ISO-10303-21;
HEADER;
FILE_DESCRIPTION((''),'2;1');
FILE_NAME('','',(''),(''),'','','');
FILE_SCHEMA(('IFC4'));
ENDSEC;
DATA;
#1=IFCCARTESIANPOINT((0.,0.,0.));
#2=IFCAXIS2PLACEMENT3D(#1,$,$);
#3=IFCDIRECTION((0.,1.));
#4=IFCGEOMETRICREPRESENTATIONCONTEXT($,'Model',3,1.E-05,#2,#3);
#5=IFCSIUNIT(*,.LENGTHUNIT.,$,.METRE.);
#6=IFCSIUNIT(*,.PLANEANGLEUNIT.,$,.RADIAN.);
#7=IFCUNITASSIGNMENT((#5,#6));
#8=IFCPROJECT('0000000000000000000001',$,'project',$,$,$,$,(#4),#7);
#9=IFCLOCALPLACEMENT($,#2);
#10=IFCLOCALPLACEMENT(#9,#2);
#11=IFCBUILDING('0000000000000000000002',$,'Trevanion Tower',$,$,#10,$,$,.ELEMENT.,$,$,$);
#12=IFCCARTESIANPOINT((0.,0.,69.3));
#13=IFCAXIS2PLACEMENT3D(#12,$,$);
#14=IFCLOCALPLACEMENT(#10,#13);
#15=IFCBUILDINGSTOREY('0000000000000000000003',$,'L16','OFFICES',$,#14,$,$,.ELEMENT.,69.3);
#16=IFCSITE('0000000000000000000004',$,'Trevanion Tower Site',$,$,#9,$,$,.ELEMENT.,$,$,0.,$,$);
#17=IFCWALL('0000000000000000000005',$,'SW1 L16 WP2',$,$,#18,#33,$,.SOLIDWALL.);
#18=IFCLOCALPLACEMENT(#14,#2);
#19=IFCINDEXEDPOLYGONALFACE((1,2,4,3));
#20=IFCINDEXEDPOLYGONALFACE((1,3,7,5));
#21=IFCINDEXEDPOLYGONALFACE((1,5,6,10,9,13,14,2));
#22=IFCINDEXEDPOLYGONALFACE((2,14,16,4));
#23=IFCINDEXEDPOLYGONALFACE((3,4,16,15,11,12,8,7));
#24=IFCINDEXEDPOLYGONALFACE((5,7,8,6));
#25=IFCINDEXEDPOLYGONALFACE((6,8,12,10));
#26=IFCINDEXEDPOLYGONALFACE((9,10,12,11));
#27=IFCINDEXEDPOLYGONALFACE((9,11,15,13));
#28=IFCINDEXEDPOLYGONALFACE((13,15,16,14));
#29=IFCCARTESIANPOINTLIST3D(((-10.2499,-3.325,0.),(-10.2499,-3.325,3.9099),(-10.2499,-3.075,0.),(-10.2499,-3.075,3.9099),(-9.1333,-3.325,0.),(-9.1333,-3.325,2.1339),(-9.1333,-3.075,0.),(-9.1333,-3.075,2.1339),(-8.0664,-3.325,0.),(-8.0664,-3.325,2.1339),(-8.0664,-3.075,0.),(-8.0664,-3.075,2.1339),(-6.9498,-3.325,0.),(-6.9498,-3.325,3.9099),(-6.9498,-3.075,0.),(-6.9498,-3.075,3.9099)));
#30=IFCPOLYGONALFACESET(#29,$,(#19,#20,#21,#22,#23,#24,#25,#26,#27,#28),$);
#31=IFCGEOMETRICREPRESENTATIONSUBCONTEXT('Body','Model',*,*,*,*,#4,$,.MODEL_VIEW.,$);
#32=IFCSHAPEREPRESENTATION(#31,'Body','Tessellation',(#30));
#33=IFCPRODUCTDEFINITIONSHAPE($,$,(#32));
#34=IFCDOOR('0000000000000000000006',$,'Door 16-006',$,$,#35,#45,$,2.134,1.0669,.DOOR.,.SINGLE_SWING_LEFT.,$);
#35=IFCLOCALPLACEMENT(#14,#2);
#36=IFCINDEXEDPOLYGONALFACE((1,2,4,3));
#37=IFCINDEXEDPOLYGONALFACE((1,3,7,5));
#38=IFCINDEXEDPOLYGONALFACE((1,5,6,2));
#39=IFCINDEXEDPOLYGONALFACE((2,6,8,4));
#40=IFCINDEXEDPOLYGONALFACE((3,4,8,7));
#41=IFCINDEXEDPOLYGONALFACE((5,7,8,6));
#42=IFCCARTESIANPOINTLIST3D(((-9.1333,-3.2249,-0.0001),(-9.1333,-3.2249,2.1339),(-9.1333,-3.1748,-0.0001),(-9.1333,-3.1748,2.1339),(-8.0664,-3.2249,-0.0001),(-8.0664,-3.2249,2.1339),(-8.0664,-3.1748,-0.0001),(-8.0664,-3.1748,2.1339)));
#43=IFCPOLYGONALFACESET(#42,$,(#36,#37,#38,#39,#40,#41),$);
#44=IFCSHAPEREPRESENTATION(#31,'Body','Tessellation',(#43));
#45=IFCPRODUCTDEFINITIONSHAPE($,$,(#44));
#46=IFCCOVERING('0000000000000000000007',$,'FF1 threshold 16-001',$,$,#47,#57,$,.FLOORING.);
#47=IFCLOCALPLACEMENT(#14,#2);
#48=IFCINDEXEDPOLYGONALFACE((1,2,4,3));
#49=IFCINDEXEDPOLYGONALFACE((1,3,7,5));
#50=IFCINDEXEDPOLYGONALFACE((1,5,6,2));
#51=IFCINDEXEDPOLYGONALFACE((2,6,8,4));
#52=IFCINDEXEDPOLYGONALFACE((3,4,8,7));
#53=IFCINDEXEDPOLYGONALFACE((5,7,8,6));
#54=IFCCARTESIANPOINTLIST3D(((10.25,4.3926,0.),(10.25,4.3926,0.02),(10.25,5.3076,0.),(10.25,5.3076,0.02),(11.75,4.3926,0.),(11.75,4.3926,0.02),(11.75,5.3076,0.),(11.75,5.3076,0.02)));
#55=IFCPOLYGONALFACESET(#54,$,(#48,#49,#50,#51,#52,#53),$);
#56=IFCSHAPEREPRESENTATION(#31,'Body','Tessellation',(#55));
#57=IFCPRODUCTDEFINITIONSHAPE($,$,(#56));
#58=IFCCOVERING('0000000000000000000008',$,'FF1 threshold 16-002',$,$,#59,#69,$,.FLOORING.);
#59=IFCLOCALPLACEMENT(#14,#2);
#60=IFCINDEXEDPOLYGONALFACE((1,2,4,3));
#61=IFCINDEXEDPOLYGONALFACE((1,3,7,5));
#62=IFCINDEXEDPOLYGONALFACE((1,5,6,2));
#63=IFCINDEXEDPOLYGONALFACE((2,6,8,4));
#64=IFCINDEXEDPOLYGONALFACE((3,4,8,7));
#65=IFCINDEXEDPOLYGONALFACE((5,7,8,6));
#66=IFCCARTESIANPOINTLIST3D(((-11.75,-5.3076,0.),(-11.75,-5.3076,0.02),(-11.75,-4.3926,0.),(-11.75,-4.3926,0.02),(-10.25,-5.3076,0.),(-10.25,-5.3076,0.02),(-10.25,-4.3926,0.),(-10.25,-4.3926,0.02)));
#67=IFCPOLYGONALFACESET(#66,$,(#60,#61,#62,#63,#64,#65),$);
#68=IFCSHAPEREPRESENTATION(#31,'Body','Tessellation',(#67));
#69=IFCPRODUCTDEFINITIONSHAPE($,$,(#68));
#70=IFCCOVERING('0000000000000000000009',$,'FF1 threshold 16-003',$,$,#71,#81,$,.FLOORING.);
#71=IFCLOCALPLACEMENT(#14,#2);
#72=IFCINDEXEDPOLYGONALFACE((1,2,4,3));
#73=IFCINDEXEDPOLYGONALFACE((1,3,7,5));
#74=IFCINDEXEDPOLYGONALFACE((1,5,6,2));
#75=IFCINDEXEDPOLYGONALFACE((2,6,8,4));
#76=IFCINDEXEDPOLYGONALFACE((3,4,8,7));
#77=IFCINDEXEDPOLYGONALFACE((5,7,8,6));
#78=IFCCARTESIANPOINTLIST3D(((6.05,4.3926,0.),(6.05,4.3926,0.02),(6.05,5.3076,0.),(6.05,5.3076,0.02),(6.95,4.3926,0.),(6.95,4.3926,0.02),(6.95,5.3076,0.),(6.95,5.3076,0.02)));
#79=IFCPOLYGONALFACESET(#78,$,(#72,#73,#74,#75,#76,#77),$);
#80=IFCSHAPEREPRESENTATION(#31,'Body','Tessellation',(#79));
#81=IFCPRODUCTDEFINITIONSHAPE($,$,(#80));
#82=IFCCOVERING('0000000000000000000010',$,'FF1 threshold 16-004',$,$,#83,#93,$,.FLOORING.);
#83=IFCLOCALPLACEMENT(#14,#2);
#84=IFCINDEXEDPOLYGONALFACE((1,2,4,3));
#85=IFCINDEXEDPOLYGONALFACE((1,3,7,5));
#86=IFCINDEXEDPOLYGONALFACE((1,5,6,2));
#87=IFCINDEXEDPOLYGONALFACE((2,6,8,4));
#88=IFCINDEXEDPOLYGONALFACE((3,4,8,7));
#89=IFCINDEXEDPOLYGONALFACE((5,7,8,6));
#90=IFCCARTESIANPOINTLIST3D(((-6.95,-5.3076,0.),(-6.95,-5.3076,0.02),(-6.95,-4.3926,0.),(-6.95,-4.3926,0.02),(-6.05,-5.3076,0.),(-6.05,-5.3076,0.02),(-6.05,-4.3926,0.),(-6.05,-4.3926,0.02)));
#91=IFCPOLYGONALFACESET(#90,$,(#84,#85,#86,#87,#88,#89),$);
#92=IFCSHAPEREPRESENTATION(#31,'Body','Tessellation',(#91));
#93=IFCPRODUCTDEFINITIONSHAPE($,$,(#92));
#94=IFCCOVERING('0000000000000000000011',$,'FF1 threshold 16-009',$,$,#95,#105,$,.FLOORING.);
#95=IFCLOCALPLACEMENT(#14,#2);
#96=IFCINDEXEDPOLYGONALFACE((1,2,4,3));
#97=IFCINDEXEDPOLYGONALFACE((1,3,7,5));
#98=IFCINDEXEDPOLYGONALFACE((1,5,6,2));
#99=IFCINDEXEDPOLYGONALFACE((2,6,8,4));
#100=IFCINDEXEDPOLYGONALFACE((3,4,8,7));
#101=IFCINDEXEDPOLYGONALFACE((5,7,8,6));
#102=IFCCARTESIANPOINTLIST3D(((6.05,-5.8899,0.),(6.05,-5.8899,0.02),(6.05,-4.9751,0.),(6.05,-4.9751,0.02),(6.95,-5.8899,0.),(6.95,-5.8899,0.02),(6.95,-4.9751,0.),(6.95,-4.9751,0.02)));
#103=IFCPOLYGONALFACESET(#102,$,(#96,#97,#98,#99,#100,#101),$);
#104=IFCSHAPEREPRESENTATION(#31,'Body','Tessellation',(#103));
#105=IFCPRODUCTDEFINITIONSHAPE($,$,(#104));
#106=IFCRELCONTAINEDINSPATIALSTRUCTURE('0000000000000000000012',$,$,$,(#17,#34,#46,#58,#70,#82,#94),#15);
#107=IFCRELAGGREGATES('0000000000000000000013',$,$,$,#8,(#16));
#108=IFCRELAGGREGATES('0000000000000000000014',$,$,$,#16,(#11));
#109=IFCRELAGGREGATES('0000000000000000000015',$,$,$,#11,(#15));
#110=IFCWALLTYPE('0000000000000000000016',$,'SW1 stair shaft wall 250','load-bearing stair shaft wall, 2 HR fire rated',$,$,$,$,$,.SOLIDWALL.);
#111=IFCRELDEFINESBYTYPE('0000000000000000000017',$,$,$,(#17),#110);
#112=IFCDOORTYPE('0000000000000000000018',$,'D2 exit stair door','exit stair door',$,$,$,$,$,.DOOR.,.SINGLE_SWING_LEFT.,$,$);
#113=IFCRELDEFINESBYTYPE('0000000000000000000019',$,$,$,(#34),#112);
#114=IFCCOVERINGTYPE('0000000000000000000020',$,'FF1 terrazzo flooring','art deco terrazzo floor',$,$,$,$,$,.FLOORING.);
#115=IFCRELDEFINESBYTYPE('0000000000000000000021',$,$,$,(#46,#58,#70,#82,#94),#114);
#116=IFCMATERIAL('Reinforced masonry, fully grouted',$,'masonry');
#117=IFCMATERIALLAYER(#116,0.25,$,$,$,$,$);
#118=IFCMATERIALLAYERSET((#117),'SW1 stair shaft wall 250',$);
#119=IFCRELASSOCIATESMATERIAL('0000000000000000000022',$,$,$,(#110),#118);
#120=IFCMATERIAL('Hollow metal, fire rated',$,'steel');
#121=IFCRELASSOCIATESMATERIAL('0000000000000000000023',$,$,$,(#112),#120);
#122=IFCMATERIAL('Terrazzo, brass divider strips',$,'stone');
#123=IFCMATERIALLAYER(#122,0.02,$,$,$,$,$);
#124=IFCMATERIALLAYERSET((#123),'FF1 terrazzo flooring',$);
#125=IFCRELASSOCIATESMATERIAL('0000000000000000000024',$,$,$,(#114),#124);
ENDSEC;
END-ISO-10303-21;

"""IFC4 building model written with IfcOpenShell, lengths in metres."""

from ifc_helpers import new_model, si_unit, direction, frame, frame_2d, origin, place, context, subcontext, project, spatial, polyline, rectangle, outline, extrude, material, layer, layer_set, type_object, element, fill, save


model = new_model("IFC4")

# Units and contexts
model_context = context("Model", 3, precision=1e-05, world=origin(), true_north=direction((0.0, 1.0)))
body_context = subcontext(model_context, "Body", "Model", "MODEL_VIEW")
ifc_project = project(units=[si_unit("LENGTHUNIT", "METRE"), si_unit("PLANEANGLEUNIT", "RADIAN")], contexts=[model_context])

# Site, building, storey
site_placement = place(None, origin())
site = spatial("IfcSite", under=ifc_project, at=site_placement, Name="Trevanion Tower Site", CompositionType="ELEMENT", RefElevation=0.0)
building_placement = place(site_placement, origin())
building = spatial("IfcBuilding", under=site, at=building_placement, Name="Trevanion Tower", CompositionType="ELEMENT")
storey_placement = place(building_placement, frame((0.0, 0.0, 69.3)))
storey = spatial("IfcBuildingStorey", under=building, at=storey_placement, Name="L16", Description="OFFICES", CompositionType="ELEMENT", Elevation=69.3)

# Wall, opening, door
ifc_material_1 = material(Name="Reinforced masonry, fully grouted", Category="masonry")
ifc_layer_1 = layer(ifc_material_1, 0.25)
ifc_layer_set_1 = layer_set([ifc_layer_1], Name="SW1 stair shaft wall 250")
wall_type_1 = type_object("IfcWallType", Name="SW1 stair shaft wall 250", Description="load-bearing stair shaft wall, 2 HR fire rated", PredefinedType="SOLIDWALL", material=ifc_layer_set_1)
wall_1_placement = place(storey_placement, frame((-6.95, -3.2, 0.0), z_axis=(0.0, 0.0, 1.0), x_axis=(-1.0, 0.0, 0.0)))
wall_1 = element("IfcWall", 1, at=wall_1_placement, inside=storey, type_object=wall_type_1, Name="SW1 L16 WP2", PredefinedType="SOLIDWALL", context=body_context, shape_type="SweptSolid", body=[
    extrude(rectangle(XDim=3.3, YDim=0.25, at=frame_2d((1.6499, 0.0))), origin(), (0.0, 0.0, 1.0), 3.9099),
])
opening_1_placement = place(wall_1_placement, frame((1.1165, 0.0, 0.0)))
opening_1 = element("IfcOpeningElement", 2, at=opening_1_placement, cuts=wall_1, PredefinedType="OPENING", context=body_context, shape_type="SweptSolid", body=[
    extrude(rectangle(XDim=1.0669, YDim=2.134, at=frame_2d((0.5334, 1.0669))), frame((0.0, 0.135, 0.0), z_axis=(0.0, -1.0, 0.0), x_axis=(1.0, 0.0, 0.0)), (0.0, 0.0, 1.0), 0.27),
])
ifc_material_2 = material(Name="Hollow metal, fire rated", Category="steel")
door_type_1 = type_object("IfcDoorType", Name="D2 exit stair door", Description="exit stair door", OperationType="SINGLE_SWING_LEFT", PredefinedType="DOOR", material=ifc_material_2)
door_1_placement = place(opening_1_placement, origin())
door_1 = element("IfcDoor", 3, at=door_1_placement, inside=storey, type_object=door_type_1, Name="Door 16-006", OperationType="SINGLE_SWING_LEFT", OverallHeight=2.134, OverallWidth=1.0669, PredefinedType="DOOR", context=body_context, shape_type="SweptSolid", body=[
    extrude(rectangle(XDim=1.0669, YDim=2.134, at=frame_2d((0.5334, 1.0669))), frame((0.0, 0.0249, 0.0), z_axis=(0.0, -1.0, 0.0), x_axis=(1.0, 0.0, 0.0)), (0.0, 0.0, 1.0), 0.05),
])
fill(opening_1, door_1)

# Coverings
ifc_material_3 = material(Name="Terrazzo, brass divider strips", Category="stone")
ifc_layer_2 = layer(ifc_material_3, 0.02)
ifc_layer_set_2 = layer_set([ifc_layer_2], Name="FF1 terrazzo flooring")
covering_type = type_object("IfcCoveringType", Name="FF1 terrazzo flooring", Description="art deco terrazzo floor", PredefinedType="FLOORING", material=ifc_layer_set_2)
covering_1_placement = place(storey_placement, origin())
element("IfcCovering", 4, at=covering_1_placement, inside=storey, type_object=covering_type, Name="FF1 threshold 16-001", PredefinedType="FLOORING", context=body_context, shape_type="SweptSolid", body=[
    extrude(outline(polyline([(11.75, 4.3926), (11.75, 5.3076), (10.25, 5.3076), (10.25, 4.3926), (11.75, 4.3926)])), origin(), (0.0, 0.0, 1.0), 0.02),
])
covering_2_placement = place(storey_placement, origin())
element("IfcCovering", 5, at=covering_2_placement, inside=storey, type_object=covering_type, Name="FF1 threshold 16-002", PredefinedType="FLOORING", context=body_context, shape_type="SweptSolid", body=[
    extrude(outline(polyline([(-11.75, -4.3926), (-11.75, -5.3076), (-10.25, -5.3076), (-10.25, -4.3926), (-11.75, -4.3926)])), origin(), (0.0, 0.0, 1.0), 0.02),
])
covering_3_placement = place(storey_placement, origin())
element("IfcCovering", 6, at=covering_3_placement, inside=storey, type_object=covering_type, Name="FF1 threshold 16-003", PredefinedType="FLOORING", context=body_context, shape_type="SweptSolid", body=[
    extrude(outline(polyline([(6.95, 4.3926), (6.95, 5.3076), (6.05, 5.3076), (6.05, 4.3926), (6.95, 4.3926)])), origin(), (0.0, 0.0, 1.0), 0.02),
])
covering_4_placement = place(storey_placement, origin())
element("IfcCovering", 7, at=covering_4_placement, inside=storey, type_object=covering_type, Name="FF1 threshold 16-004", PredefinedType="FLOORING", context=body_context, shape_type="SweptSolid", body=[
    extrude(outline(polyline([(-6.95, -4.3926), (-6.95, -5.3076), (-6.05, -5.3076), (-6.05, -4.3926), (-6.95, -4.3926)])), origin(), (0.0, 0.0, 1.0), 0.02),
])
covering_5_placement = place(storey_placement, origin())
element("IfcCovering", 8, at=covering_5_placement, inside=storey, type_object=covering_type, Name="FF1 threshold 16-009", PredefinedType="FLOORING", context=body_context, shape_type="SweptSolid", body=[
    extrude(outline(polyline([(6.95, -5.8899), (6.95, -4.9751), (6.05, -4.9751), (6.05, -5.8899), (6.95, -5.8899)])), origin(), (0.0, 0.0, 1.0), 0.02),
])

save(model, "model.ifc")
